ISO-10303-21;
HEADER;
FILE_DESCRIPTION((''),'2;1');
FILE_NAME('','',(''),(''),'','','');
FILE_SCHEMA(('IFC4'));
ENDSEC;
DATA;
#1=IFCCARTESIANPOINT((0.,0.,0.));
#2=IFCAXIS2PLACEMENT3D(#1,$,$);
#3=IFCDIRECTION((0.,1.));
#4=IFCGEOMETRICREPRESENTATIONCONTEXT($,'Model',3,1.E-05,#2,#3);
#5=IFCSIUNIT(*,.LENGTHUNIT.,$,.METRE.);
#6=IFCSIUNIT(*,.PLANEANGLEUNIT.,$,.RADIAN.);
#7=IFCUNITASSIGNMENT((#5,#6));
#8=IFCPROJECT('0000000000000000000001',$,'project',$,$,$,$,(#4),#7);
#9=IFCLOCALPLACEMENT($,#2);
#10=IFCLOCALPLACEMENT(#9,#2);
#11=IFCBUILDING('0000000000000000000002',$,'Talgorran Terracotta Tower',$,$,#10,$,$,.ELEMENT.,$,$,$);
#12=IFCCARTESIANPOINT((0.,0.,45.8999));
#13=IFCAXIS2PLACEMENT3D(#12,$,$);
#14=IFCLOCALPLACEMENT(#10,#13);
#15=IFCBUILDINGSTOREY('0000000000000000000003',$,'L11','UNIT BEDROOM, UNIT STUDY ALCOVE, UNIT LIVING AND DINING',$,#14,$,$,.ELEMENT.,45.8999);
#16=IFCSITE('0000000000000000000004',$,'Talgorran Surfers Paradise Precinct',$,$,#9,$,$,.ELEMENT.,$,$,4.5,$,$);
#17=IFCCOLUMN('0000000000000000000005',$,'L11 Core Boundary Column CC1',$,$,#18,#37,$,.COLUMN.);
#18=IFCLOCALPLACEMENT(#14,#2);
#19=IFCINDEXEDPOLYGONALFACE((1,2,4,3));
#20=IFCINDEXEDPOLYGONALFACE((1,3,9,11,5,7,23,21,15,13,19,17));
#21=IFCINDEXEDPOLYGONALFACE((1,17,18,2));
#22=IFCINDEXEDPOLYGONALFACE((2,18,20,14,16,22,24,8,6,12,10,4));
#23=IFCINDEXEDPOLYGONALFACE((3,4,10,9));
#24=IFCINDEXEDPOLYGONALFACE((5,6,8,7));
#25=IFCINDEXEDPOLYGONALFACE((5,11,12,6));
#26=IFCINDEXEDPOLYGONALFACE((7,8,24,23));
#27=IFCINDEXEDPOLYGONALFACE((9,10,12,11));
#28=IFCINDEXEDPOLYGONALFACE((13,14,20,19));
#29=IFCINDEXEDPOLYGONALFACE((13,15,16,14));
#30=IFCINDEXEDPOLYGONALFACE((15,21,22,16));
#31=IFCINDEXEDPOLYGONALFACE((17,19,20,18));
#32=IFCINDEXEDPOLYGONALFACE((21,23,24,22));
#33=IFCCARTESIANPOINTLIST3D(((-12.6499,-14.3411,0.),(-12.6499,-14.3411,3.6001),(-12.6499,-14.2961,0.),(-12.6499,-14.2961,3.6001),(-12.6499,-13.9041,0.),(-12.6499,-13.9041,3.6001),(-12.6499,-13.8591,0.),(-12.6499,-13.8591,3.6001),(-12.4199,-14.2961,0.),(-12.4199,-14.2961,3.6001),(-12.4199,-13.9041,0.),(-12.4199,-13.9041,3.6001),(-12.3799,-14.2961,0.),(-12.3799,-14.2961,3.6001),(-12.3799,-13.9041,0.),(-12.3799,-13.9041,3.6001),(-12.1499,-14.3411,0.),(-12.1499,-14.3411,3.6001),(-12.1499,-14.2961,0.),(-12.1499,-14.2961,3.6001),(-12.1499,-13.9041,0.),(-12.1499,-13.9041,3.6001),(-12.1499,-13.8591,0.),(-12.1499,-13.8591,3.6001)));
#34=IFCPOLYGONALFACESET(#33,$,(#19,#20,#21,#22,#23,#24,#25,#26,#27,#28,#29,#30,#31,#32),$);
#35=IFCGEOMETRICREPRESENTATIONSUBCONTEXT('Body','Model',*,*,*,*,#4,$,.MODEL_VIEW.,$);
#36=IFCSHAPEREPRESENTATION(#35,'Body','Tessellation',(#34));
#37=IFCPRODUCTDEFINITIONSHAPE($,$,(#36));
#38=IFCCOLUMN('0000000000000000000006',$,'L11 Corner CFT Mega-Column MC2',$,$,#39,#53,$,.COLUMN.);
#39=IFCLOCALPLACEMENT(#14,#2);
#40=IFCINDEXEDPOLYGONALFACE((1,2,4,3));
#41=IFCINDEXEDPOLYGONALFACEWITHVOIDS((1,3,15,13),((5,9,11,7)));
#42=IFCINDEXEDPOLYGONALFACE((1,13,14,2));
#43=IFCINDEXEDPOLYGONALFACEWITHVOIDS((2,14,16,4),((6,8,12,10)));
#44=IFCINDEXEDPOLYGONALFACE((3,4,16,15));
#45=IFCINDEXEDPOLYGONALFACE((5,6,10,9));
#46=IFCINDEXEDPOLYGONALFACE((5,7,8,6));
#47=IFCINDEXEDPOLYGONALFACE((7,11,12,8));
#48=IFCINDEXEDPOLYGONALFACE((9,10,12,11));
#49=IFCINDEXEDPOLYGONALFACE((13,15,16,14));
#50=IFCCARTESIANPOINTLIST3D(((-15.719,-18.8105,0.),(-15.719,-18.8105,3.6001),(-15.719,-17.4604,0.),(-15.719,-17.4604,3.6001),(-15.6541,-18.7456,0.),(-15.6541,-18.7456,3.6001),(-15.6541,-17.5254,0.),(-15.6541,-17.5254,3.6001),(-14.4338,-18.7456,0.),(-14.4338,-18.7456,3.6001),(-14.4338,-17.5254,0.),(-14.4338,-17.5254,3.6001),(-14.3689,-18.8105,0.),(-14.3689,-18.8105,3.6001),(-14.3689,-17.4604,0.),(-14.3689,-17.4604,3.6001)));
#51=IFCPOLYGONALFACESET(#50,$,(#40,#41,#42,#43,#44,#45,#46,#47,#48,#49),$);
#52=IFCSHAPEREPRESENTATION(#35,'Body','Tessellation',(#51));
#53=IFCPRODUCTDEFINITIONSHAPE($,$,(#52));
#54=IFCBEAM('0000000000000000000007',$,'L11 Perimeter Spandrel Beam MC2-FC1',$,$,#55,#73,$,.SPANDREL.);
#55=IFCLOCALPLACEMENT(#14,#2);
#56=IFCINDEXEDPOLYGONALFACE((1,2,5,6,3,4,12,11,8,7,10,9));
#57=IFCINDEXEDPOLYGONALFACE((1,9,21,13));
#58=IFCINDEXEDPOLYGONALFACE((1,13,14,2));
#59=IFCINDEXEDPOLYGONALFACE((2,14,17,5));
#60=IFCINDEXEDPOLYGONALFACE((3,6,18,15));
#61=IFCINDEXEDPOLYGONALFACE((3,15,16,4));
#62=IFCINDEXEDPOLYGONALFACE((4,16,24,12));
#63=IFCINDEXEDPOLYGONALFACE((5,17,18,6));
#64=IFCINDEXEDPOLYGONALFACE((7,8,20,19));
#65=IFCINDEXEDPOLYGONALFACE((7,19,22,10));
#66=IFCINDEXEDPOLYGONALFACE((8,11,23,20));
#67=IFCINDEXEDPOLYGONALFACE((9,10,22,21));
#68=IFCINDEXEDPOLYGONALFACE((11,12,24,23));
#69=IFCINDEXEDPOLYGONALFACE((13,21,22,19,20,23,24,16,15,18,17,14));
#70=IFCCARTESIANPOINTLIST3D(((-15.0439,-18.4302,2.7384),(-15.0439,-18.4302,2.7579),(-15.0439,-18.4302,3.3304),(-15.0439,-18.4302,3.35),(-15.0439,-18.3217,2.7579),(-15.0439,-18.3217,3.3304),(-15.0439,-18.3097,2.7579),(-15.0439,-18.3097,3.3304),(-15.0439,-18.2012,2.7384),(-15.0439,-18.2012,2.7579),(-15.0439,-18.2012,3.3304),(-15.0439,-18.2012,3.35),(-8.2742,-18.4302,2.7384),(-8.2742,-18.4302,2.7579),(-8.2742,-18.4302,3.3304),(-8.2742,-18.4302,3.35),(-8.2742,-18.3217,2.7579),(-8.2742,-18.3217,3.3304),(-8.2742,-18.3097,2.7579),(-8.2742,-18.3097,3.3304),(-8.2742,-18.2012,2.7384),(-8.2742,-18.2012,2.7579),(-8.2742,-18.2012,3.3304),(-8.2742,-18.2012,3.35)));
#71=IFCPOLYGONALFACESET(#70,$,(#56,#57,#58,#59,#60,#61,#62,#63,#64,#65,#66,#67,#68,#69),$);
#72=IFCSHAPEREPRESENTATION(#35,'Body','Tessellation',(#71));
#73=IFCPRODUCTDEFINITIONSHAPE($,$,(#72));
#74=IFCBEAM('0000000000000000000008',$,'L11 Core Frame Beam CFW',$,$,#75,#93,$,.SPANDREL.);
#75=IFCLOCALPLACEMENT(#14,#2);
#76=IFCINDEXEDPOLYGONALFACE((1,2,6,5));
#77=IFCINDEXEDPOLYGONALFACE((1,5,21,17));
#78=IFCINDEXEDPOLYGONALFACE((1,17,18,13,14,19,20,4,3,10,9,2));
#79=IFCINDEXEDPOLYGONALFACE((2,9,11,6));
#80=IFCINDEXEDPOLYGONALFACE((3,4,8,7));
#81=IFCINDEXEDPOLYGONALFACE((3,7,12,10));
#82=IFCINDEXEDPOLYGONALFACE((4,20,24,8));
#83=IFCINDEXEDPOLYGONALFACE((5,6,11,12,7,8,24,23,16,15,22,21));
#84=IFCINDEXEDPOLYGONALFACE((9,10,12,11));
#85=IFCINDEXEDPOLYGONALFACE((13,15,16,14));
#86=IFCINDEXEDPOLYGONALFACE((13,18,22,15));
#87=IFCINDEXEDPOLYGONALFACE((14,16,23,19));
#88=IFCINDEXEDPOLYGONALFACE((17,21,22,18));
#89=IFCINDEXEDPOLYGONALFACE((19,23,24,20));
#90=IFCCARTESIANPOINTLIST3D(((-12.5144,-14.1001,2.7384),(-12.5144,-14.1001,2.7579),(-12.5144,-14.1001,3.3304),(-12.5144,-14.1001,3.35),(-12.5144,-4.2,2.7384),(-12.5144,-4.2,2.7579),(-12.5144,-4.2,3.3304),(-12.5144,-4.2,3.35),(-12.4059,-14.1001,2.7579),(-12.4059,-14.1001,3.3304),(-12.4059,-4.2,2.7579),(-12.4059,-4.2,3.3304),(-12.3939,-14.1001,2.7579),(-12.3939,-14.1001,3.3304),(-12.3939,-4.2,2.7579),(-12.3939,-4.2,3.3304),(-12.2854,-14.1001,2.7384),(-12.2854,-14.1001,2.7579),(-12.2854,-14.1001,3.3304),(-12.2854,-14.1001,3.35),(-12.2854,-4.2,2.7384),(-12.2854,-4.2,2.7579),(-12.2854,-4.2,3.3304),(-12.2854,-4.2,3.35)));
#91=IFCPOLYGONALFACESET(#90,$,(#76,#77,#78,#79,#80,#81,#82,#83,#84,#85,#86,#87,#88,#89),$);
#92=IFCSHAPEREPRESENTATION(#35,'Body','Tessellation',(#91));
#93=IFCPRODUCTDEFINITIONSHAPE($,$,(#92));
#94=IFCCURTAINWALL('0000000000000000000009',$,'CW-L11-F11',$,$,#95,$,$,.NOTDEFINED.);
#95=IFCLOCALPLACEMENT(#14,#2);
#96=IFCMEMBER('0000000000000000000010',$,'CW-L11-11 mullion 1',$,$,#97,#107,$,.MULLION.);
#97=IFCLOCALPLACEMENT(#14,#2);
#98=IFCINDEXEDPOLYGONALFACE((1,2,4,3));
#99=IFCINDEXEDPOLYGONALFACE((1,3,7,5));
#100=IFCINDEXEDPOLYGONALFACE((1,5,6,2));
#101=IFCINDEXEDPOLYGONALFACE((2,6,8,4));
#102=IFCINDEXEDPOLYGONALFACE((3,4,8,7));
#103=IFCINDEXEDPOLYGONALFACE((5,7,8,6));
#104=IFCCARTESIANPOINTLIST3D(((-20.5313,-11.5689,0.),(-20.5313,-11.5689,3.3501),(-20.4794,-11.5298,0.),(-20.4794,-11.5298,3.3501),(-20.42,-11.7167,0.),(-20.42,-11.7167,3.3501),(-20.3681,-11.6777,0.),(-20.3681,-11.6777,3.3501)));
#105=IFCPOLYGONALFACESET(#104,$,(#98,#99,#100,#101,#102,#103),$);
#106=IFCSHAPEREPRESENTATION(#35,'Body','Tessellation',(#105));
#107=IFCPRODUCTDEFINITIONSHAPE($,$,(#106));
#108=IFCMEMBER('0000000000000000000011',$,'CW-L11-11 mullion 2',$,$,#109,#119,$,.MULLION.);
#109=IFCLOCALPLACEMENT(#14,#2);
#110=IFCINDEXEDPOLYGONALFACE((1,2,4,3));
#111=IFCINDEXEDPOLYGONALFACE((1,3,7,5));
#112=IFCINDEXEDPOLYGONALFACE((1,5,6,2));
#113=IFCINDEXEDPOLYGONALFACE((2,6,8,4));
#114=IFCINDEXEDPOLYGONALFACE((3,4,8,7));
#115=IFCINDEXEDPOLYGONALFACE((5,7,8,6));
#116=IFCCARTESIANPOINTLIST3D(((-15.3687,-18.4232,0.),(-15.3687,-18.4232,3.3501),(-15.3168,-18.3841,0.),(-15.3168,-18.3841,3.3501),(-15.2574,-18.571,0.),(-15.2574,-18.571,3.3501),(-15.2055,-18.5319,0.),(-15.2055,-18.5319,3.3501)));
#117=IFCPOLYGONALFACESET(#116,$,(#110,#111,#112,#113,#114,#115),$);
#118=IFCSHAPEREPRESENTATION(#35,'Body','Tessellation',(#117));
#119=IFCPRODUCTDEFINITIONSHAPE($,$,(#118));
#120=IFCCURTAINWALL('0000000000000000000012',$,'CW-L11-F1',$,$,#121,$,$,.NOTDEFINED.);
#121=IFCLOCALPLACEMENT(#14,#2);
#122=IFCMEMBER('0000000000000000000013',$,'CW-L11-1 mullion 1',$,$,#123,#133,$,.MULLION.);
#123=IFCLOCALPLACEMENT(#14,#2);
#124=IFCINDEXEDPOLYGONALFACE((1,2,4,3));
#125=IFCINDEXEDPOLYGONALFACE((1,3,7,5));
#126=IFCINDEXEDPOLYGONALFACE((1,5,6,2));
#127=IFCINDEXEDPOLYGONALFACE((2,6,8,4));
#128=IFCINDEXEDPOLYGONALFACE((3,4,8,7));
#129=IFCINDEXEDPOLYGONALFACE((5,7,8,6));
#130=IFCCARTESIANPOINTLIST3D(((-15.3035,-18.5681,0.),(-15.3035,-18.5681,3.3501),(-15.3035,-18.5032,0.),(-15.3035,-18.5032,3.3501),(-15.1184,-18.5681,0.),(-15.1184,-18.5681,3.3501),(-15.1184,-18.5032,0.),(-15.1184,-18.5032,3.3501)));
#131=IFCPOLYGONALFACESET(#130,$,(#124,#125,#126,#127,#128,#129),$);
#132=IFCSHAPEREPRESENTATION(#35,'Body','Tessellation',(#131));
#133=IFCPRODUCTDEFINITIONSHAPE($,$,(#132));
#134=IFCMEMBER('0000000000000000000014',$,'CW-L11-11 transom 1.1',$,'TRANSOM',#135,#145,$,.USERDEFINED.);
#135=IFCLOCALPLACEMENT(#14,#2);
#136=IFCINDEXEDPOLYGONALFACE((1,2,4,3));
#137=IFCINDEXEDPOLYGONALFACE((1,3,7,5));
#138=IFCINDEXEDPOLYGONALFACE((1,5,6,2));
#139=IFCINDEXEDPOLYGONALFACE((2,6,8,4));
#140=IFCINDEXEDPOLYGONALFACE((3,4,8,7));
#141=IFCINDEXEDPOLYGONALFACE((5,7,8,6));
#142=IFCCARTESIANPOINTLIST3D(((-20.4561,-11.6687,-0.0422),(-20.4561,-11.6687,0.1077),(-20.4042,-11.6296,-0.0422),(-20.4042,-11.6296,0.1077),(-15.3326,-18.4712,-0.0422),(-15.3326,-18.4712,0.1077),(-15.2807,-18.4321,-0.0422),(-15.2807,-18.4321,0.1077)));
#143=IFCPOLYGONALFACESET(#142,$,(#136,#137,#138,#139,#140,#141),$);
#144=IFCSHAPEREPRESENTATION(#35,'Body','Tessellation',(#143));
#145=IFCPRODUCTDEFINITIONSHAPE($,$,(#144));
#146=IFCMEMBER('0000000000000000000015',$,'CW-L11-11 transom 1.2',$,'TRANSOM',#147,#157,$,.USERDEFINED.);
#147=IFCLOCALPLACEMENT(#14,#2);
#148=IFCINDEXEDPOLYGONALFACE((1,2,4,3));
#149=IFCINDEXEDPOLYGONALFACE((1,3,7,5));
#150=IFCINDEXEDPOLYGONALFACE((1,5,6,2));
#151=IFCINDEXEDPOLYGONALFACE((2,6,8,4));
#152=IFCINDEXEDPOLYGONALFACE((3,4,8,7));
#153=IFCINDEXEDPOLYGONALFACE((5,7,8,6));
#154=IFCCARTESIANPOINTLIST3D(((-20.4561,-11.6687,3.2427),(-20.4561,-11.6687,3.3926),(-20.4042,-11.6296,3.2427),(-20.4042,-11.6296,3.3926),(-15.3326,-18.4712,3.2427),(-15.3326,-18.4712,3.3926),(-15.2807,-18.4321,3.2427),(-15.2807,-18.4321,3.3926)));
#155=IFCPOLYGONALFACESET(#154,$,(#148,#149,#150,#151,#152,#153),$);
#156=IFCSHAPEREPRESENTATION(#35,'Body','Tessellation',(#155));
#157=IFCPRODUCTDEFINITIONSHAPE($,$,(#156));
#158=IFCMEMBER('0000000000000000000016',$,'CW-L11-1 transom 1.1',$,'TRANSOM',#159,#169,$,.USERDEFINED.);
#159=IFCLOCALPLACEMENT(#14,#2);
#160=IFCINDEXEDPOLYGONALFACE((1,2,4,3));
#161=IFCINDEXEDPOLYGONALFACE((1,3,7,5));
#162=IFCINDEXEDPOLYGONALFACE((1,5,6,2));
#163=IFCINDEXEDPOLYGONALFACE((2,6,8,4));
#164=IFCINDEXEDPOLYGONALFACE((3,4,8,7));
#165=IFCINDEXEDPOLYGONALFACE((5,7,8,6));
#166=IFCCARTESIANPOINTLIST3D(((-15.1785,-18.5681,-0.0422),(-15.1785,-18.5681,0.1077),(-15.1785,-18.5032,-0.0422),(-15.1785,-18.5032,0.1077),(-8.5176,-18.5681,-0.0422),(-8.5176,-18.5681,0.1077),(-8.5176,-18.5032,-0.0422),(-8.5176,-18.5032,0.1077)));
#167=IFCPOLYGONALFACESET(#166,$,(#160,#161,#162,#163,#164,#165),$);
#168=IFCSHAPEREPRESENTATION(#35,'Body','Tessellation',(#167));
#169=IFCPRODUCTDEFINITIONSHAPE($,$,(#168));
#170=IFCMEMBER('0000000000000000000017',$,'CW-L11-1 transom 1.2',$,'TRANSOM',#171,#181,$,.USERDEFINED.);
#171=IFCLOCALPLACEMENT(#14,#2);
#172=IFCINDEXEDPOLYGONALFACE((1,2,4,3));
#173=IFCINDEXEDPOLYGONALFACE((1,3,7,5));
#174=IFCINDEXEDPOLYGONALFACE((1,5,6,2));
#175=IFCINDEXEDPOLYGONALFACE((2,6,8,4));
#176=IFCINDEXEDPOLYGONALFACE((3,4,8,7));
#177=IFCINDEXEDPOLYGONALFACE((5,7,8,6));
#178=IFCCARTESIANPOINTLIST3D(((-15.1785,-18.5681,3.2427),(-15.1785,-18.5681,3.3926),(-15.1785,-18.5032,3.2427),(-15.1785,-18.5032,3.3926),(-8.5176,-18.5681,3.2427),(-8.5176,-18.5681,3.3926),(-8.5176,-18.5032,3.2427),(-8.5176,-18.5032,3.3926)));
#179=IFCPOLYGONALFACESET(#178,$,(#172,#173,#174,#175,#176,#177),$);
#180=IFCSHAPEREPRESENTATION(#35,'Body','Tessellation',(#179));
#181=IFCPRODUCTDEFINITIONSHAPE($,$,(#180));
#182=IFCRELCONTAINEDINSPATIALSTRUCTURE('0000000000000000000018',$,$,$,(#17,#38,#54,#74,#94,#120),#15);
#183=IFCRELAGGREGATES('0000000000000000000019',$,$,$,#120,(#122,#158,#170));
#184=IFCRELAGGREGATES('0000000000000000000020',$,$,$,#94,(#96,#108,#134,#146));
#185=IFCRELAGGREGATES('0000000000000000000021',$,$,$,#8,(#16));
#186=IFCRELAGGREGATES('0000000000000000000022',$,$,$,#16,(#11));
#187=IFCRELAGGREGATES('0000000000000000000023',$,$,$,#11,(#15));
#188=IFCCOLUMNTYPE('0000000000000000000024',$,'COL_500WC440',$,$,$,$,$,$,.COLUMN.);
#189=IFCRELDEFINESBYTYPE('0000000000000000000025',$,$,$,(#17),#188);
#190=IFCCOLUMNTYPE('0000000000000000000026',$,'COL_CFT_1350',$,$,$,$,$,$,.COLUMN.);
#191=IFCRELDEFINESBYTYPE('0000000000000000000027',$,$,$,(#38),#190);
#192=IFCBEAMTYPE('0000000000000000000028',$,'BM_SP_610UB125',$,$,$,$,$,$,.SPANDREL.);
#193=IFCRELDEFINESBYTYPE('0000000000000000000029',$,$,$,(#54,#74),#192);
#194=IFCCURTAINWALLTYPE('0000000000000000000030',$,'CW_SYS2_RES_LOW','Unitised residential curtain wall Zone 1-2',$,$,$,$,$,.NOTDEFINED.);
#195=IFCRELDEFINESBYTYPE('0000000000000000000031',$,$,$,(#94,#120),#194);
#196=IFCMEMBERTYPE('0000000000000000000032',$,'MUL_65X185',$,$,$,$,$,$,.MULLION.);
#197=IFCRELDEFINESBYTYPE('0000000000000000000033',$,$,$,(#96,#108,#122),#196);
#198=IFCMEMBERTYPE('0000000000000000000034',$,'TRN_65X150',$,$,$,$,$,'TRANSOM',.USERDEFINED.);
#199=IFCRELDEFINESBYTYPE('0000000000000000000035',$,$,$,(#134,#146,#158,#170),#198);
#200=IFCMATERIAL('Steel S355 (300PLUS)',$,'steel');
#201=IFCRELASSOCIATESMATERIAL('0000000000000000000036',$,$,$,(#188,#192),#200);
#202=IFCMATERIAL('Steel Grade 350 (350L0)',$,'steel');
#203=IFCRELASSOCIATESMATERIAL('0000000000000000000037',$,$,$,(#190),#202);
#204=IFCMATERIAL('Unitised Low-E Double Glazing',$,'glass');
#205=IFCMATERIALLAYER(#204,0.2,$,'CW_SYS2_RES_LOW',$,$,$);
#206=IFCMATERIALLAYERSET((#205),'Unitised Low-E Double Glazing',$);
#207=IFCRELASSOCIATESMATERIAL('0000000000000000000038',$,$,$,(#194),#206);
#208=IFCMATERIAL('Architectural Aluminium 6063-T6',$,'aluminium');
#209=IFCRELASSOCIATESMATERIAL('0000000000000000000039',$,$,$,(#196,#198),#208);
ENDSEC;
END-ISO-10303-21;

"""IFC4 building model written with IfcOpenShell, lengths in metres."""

from ifc_helpers import new_model, si_unit, direction, frame, origin, origin_2d, place, context, subcontext, project, spatial, rectangle, hollow_rectangle, i_section, extrude, material, layer, layer_set, material_profile, profile_set, type_object, element, aggregate, save


model = new_model("IFC4")

# Units and contexts
model_context = context("Model", 3, precision=1e-05, world=origin(), true_north=direction((0.0, 1.0)))
body_context = subcontext(model_context, "Body", "Model", "MODEL_VIEW")
ifc_project = project(units=[si_unit("LENGTHUNIT", "METRE"), si_unit("PLANEANGLEUNIT", "RADIAN")], contexts=[model_context])

# Site, building, storey
site_placement = place(None, origin())
site = spatial("IfcSite", under=ifc_project, at=site_placement, Name="Talgorran Surfers Paradise Precinct", CompositionType="ELEMENT", RefElevation=4.5)
building_placement = place(site_placement, origin())
building = spatial("IfcBuilding", under=site, at=building_placement, Name="Talgorran Terracotta Tower", CompositionType="ELEMENT")
storey_placement = place(building_placement, frame((0.0, 0.0, 45.8999)))
storey = spatial("IfcBuildingStorey", under=building, at=storey_placement, Name="L11", Description="UNIT BEDROOM, UNIT STUDY ALCOVE, UNIT LIVING AND DINING", CompositionType="ELEMENT", Elevation=45.8999)

# Columns
ifc_material_1 = material(Name="Steel S355 (300PLUS)", Category="steel")
ifc_material_profile_1 = material_profile(ifc_material_1, i_section(OverallWidth=0.5, OverallDepth=0.4819, WebThickness=0.04, FlangeThickness=0.0449, at=origin_2d()), Name="500WC440")
ifc_profile_set_1 = profile_set([ifc_material_profile_1], Name="Steel S355 (300PLUS)")
column_type_1 = type_object("IfcColumnType", Name="COL_500WC440", PredefinedType="COLUMN", material=ifc_profile_set_1)
column_1_placement = place(storey_placement, frame((-12.3999, -14.1001, 0.0), z_axis=(0.0, 0.0, 1.0), x_axis=(1.0, 0.0, 0.0)))
element("IfcColumn", 1, at=column_1_placement, inside=storey, type_object=column_type_1, Name="L11 Core Boundary Column CC1", PredefinedType="COLUMN", context=body_context, shape_type="SweptSolid", body=[
    extrude(i_section(OverallWidth=0.5, OverallDepth=0.4819, WebThickness=0.04, FlangeThickness=0.0449, at=origin_2d()), origin(), (0.0, 0.0, 1.0), 3.6001),
])
ifc_material_2 = material(Name="Steel Grade 350 (350L0)", Category="steel")
ifc_material_profile_2 = material_profile(ifc_material_2, hollow_rectangle(XDim=1.3501, YDim=1.3501, WallThickness=0.0649, at=origin_2d()), Name="CFT1350X1350X65")
ifc_profile_set_2 = profile_set([ifc_material_profile_2], Name="Steel Grade 350 (350L0)")
column_type_2 = type_object("IfcColumnType", Name="COL_CFT_1350", PredefinedType="COLUMN", material=ifc_profile_set_2)
column_2_placement = place(storey_placement, frame((-15.0439, -18.1355, 0.0), z_axis=(0.0, 0.0, 1.0), x_axis=(1.0, 0.0, 0.0)))
element("IfcColumn", 2, at=column_2_placement, inside=storey, type_object=column_type_2, Name="L11 Corner CFT Mega-Column MC2", PredefinedType="COLUMN", context=body_context, shape_type="SweptSolid", body=[
    extrude(hollow_rectangle(XDim=1.3501, YDim=1.3501, WallThickness=0.0649, at=origin_2d()), origin(), (0.0, 0.0, 1.0), 3.6001),
])

# Beams
ifc_material_profile_3 = material_profile(ifc_material_1, i_section(OverallWidth=0.229, OverallDepth=0.6116, WebThickness=0.012, FlangeThickness=0.0195, at=origin_2d()), Name="610UB125")
ifc_profile_set_3 = profile_set([ifc_material_profile_3], Name="Steel S355 (300PLUS)")
beam_type = type_object("IfcBeamType", Name="BM_SP_610UB125", PredefinedType="SPANDREL", material=ifc_profile_set_3)
beam_1_placement = place(storey_placement, frame((-15.0439, -18.3157, 3.0442), z_axis=(1.0, 0.0, 0.0), x_axis=(0.0, 1.0, 0.0)))
element("IfcBeam", 3, at=beam_1_placement, inside=storey, type_object=beam_type, Name="L11 Perimeter Spandrel Beam MC2-FC1", PredefinedType="SPANDREL", context=body_context, shape_type="SweptSolid", body=[
    extrude(i_section(OverallWidth=0.229, OverallDepth=0.6116, WebThickness=0.012, FlangeThickness=0.0195, at=origin_2d()), origin(), (0.0, 0.0, 1.0), 6.7698),
])
beam_2_placement = place(storey_placement, frame((-12.3999, -14.1001, 3.0442), z_axis=(0.0, 1.0, 0.0), x_axis=(-1.0, 0.0, 0.0)))
element("IfcBeam", 4, at=beam_2_placement, inside=storey, type_object=beam_type, Name="L11 Core Frame Beam CFW", PredefinedType="SPANDREL", context=body_context, shape_type="SweptSolid", body=[
    extrude(i_section(OverallWidth=0.229, OverallDepth=0.6116, WebThickness=0.012, FlangeThickness=0.0195, at=origin_2d()), origin(), (0.0, 0.0, 1.0), 9.9001),
])

# Curtain wall, members
ifc_material_3 = material(Name="Unitised Low-E Double Glazing", Category="glass")
ifc_layer_1 = layer(ifc_material_3, 0.2, Name="CW_SYS2_RES_LOW")
ifc_layer_set_1 = layer_set([ifc_layer_1], Name="Unitised Low-E Double Glazing")
curtain_wall_type = type_object("IfcCurtainWallType", Name="CW_SYS2_RES_LOW", Description="Unitised residential curtain wall Zone 1-2", PredefinedType="NOTDEFINED", material=ifc_layer_set_1)
curtain_wall_1_placement = place(storey_placement, origin())
curtain_wall_1 = element("IfcCurtainWall", 5, at=curtain_wall_1_placement, inside=storey, type_object=curtain_wall_type, Name="CW-L11-F11", PredefinedType="NOTDEFINED")
ifc_material_4 = material(Name="Architectural Aluminium 6063-T6", Category="aluminium")
ifc_material_profile_4 = material_profile(ifc_material_4, rectangle(XDim=0.0649, YDim=0.1851, at=origin_2d()), Name="CWM65X185")
ifc_profile_set_4 = profile_set([ifc_material_profile_4], Name="Architectural Aluminium 6063-T6")
member_type_1 = type_object("IfcMemberType", Name="MUL_65X185", PredefinedType="MULLION", material=ifc_profile_set_4)
member_1_placement = place(storey_placement, frame((-20.4497, -11.6233, 0.0), z_axis=(0.0, 0.0, 1.0), x_axis=(0.798773, 0.601633, 0.0)))
member_1 = element("IfcMember", 6, at=member_1_placement, type_object=member_type_1, Name="CW-L11-11 mullion 1", PredefinedType="MULLION", context=body_context, shape_type="SweptSolid", body=[
    extrude(rectangle(XDim=0.0649, YDim=0.1851, at=origin_2d()), origin(), (0.0, 0.0, 1.0), 3.3501),
])
member_2_placement = place(storey_placement, frame((-15.2871, -18.4775, 0.0), z_axis=(0.0, 0.0, 1.0), x_axis=(0.798773, 0.601633, 0.0)))
member_2 = element("IfcMember", 7, at=member_2_placement, type_object=member_type_1, Name="CW-L11-11 mullion 2", PredefinedType="MULLION", context=body_context, shape_type="SweptSolid", body=[
    extrude(rectangle(XDim=0.0649, YDim=0.1851, at=origin_2d()), origin(), (0.0, 0.0, 1.0), 3.3501),
])

# Curtain wall, member
curtain_wall_2_placement = place(storey_placement, origin())
curtain_wall_2 = element("IfcCurtainWall", 8, at=curtain_wall_2_placement, inside=storey, type_object=curtain_wall_type, Name="CW-L11-F1", PredefinedType="NOTDEFINED")
member_3_placement = place(storey_placement, frame((-15.2109, -18.5356, 0.0), z_axis=(0.0, 0.0, 1.0), x_axis=(0.0, 1.0, 0.0)))
member_3 = element("IfcMember", 9, at=member_3_placement, type_object=member_type_1, Name="CW-L11-1 mullion 1", PredefinedType="MULLION", context=body_context, shape_type="SweptSolid", body=[
    extrude(rectangle(XDim=0.0649, YDim=0.1851, at=origin_2d()), origin(), (0.0, 0.0, 1.0), 3.3501),
])

# Members
ifc_material_profile_5 = material_profile(ifc_material_4, rectangle(XDim=0.0649, YDim=0.1499, at=origin_2d()), Name="CWT65X150")
ifc_profile_set_5 = profile_set([ifc_material_profile_5], Name="Architectural Aluminium 6063-T6")
member_type_2 = type_object("IfcMemberType", Name="TRN_65X150", ElementType="TRANSOM", PredefinedType="USERDEFINED", material=ifc_profile_set_5)
member_4_placement = place(storey_placement, frame((-20.4302, -11.6492, 0.0327), z_axis=(0.601627, -0.798777, 0.0), x_axis=(0.798777, 0.601627, 0.0)))
member_4 = element("IfcMember", 10, at=member_4_placement, type_object=member_type_2, Name="CW-L11-11 transom 1.1", ObjectType="TRANSOM", PredefinedType="USERDEFINED", context=body_context, shape_type="SweptSolid", body=[
    extrude(rectangle(XDim=0.0649, YDim=0.1499, at=origin_2d()), origin(), (0.0, 0.0, 1.0), 8.5161),
])
member_5_placement = place(storey_placement, frame((-20.4302, -11.6492, 3.3176), z_axis=(0.601627, -0.798777, 0.0), x_axis=(0.798777, 0.601627, 0.0)))
member_5 = element("IfcMember", 11, at=member_5_placement, type_object=member_type_2, Name="CW-L11-11 transom 1.2", ObjectType="TRANSOM", PredefinedType="USERDEFINED", context=body_context, shape_type="SweptSolid", body=[
    extrude(rectangle(XDim=0.0649, YDim=0.1499, at=origin_2d()), origin(), (0.0, 0.0, 1.0), 8.5161),
])
member_6_placement = place(storey_placement, frame((-15.1785, -18.5356, 0.0327), z_axis=(1.0, 0.0, 0.0), x_axis=(0.0, 1.0, 0.0)))
member_6 = element("IfcMember", 12, at=member_6_placement, type_object=member_type_2, Name="CW-L11-1 transom 1.1", ObjectType="TRANSOM", PredefinedType="USERDEFINED", context=body_context, shape_type="SweptSolid", body=[
    extrude(rectangle(XDim=0.0649, YDim=0.1499, at=origin_2d()), origin(), (0.0, 0.0, 1.0), 6.6609),
])
member_7_placement = place(storey_placement, frame((-15.1785, -18.5356, 3.3176), z_axis=(1.0, 0.0, 0.0), x_axis=(0.0, 1.0, 0.0)))
member_7 = element("IfcMember", 13, at=member_7_placement, type_object=member_type_2, Name="CW-L11-1 transom 1.2", ObjectType="TRANSOM", PredefinedType="USERDEFINED", context=body_context, shape_type="SweptSolid", body=[
    extrude(rectangle(XDim=0.0649, YDim=0.1499, at=origin_2d()), origin(), (0.0, 0.0, 1.0), 6.6609),
])
aggregate(curtain_wall_2, [member_3, member_6, member_7])

aggregate(curtain_wall_1, [member_1, member_2, member_4, member_5])

save(model, "model.ifc")
